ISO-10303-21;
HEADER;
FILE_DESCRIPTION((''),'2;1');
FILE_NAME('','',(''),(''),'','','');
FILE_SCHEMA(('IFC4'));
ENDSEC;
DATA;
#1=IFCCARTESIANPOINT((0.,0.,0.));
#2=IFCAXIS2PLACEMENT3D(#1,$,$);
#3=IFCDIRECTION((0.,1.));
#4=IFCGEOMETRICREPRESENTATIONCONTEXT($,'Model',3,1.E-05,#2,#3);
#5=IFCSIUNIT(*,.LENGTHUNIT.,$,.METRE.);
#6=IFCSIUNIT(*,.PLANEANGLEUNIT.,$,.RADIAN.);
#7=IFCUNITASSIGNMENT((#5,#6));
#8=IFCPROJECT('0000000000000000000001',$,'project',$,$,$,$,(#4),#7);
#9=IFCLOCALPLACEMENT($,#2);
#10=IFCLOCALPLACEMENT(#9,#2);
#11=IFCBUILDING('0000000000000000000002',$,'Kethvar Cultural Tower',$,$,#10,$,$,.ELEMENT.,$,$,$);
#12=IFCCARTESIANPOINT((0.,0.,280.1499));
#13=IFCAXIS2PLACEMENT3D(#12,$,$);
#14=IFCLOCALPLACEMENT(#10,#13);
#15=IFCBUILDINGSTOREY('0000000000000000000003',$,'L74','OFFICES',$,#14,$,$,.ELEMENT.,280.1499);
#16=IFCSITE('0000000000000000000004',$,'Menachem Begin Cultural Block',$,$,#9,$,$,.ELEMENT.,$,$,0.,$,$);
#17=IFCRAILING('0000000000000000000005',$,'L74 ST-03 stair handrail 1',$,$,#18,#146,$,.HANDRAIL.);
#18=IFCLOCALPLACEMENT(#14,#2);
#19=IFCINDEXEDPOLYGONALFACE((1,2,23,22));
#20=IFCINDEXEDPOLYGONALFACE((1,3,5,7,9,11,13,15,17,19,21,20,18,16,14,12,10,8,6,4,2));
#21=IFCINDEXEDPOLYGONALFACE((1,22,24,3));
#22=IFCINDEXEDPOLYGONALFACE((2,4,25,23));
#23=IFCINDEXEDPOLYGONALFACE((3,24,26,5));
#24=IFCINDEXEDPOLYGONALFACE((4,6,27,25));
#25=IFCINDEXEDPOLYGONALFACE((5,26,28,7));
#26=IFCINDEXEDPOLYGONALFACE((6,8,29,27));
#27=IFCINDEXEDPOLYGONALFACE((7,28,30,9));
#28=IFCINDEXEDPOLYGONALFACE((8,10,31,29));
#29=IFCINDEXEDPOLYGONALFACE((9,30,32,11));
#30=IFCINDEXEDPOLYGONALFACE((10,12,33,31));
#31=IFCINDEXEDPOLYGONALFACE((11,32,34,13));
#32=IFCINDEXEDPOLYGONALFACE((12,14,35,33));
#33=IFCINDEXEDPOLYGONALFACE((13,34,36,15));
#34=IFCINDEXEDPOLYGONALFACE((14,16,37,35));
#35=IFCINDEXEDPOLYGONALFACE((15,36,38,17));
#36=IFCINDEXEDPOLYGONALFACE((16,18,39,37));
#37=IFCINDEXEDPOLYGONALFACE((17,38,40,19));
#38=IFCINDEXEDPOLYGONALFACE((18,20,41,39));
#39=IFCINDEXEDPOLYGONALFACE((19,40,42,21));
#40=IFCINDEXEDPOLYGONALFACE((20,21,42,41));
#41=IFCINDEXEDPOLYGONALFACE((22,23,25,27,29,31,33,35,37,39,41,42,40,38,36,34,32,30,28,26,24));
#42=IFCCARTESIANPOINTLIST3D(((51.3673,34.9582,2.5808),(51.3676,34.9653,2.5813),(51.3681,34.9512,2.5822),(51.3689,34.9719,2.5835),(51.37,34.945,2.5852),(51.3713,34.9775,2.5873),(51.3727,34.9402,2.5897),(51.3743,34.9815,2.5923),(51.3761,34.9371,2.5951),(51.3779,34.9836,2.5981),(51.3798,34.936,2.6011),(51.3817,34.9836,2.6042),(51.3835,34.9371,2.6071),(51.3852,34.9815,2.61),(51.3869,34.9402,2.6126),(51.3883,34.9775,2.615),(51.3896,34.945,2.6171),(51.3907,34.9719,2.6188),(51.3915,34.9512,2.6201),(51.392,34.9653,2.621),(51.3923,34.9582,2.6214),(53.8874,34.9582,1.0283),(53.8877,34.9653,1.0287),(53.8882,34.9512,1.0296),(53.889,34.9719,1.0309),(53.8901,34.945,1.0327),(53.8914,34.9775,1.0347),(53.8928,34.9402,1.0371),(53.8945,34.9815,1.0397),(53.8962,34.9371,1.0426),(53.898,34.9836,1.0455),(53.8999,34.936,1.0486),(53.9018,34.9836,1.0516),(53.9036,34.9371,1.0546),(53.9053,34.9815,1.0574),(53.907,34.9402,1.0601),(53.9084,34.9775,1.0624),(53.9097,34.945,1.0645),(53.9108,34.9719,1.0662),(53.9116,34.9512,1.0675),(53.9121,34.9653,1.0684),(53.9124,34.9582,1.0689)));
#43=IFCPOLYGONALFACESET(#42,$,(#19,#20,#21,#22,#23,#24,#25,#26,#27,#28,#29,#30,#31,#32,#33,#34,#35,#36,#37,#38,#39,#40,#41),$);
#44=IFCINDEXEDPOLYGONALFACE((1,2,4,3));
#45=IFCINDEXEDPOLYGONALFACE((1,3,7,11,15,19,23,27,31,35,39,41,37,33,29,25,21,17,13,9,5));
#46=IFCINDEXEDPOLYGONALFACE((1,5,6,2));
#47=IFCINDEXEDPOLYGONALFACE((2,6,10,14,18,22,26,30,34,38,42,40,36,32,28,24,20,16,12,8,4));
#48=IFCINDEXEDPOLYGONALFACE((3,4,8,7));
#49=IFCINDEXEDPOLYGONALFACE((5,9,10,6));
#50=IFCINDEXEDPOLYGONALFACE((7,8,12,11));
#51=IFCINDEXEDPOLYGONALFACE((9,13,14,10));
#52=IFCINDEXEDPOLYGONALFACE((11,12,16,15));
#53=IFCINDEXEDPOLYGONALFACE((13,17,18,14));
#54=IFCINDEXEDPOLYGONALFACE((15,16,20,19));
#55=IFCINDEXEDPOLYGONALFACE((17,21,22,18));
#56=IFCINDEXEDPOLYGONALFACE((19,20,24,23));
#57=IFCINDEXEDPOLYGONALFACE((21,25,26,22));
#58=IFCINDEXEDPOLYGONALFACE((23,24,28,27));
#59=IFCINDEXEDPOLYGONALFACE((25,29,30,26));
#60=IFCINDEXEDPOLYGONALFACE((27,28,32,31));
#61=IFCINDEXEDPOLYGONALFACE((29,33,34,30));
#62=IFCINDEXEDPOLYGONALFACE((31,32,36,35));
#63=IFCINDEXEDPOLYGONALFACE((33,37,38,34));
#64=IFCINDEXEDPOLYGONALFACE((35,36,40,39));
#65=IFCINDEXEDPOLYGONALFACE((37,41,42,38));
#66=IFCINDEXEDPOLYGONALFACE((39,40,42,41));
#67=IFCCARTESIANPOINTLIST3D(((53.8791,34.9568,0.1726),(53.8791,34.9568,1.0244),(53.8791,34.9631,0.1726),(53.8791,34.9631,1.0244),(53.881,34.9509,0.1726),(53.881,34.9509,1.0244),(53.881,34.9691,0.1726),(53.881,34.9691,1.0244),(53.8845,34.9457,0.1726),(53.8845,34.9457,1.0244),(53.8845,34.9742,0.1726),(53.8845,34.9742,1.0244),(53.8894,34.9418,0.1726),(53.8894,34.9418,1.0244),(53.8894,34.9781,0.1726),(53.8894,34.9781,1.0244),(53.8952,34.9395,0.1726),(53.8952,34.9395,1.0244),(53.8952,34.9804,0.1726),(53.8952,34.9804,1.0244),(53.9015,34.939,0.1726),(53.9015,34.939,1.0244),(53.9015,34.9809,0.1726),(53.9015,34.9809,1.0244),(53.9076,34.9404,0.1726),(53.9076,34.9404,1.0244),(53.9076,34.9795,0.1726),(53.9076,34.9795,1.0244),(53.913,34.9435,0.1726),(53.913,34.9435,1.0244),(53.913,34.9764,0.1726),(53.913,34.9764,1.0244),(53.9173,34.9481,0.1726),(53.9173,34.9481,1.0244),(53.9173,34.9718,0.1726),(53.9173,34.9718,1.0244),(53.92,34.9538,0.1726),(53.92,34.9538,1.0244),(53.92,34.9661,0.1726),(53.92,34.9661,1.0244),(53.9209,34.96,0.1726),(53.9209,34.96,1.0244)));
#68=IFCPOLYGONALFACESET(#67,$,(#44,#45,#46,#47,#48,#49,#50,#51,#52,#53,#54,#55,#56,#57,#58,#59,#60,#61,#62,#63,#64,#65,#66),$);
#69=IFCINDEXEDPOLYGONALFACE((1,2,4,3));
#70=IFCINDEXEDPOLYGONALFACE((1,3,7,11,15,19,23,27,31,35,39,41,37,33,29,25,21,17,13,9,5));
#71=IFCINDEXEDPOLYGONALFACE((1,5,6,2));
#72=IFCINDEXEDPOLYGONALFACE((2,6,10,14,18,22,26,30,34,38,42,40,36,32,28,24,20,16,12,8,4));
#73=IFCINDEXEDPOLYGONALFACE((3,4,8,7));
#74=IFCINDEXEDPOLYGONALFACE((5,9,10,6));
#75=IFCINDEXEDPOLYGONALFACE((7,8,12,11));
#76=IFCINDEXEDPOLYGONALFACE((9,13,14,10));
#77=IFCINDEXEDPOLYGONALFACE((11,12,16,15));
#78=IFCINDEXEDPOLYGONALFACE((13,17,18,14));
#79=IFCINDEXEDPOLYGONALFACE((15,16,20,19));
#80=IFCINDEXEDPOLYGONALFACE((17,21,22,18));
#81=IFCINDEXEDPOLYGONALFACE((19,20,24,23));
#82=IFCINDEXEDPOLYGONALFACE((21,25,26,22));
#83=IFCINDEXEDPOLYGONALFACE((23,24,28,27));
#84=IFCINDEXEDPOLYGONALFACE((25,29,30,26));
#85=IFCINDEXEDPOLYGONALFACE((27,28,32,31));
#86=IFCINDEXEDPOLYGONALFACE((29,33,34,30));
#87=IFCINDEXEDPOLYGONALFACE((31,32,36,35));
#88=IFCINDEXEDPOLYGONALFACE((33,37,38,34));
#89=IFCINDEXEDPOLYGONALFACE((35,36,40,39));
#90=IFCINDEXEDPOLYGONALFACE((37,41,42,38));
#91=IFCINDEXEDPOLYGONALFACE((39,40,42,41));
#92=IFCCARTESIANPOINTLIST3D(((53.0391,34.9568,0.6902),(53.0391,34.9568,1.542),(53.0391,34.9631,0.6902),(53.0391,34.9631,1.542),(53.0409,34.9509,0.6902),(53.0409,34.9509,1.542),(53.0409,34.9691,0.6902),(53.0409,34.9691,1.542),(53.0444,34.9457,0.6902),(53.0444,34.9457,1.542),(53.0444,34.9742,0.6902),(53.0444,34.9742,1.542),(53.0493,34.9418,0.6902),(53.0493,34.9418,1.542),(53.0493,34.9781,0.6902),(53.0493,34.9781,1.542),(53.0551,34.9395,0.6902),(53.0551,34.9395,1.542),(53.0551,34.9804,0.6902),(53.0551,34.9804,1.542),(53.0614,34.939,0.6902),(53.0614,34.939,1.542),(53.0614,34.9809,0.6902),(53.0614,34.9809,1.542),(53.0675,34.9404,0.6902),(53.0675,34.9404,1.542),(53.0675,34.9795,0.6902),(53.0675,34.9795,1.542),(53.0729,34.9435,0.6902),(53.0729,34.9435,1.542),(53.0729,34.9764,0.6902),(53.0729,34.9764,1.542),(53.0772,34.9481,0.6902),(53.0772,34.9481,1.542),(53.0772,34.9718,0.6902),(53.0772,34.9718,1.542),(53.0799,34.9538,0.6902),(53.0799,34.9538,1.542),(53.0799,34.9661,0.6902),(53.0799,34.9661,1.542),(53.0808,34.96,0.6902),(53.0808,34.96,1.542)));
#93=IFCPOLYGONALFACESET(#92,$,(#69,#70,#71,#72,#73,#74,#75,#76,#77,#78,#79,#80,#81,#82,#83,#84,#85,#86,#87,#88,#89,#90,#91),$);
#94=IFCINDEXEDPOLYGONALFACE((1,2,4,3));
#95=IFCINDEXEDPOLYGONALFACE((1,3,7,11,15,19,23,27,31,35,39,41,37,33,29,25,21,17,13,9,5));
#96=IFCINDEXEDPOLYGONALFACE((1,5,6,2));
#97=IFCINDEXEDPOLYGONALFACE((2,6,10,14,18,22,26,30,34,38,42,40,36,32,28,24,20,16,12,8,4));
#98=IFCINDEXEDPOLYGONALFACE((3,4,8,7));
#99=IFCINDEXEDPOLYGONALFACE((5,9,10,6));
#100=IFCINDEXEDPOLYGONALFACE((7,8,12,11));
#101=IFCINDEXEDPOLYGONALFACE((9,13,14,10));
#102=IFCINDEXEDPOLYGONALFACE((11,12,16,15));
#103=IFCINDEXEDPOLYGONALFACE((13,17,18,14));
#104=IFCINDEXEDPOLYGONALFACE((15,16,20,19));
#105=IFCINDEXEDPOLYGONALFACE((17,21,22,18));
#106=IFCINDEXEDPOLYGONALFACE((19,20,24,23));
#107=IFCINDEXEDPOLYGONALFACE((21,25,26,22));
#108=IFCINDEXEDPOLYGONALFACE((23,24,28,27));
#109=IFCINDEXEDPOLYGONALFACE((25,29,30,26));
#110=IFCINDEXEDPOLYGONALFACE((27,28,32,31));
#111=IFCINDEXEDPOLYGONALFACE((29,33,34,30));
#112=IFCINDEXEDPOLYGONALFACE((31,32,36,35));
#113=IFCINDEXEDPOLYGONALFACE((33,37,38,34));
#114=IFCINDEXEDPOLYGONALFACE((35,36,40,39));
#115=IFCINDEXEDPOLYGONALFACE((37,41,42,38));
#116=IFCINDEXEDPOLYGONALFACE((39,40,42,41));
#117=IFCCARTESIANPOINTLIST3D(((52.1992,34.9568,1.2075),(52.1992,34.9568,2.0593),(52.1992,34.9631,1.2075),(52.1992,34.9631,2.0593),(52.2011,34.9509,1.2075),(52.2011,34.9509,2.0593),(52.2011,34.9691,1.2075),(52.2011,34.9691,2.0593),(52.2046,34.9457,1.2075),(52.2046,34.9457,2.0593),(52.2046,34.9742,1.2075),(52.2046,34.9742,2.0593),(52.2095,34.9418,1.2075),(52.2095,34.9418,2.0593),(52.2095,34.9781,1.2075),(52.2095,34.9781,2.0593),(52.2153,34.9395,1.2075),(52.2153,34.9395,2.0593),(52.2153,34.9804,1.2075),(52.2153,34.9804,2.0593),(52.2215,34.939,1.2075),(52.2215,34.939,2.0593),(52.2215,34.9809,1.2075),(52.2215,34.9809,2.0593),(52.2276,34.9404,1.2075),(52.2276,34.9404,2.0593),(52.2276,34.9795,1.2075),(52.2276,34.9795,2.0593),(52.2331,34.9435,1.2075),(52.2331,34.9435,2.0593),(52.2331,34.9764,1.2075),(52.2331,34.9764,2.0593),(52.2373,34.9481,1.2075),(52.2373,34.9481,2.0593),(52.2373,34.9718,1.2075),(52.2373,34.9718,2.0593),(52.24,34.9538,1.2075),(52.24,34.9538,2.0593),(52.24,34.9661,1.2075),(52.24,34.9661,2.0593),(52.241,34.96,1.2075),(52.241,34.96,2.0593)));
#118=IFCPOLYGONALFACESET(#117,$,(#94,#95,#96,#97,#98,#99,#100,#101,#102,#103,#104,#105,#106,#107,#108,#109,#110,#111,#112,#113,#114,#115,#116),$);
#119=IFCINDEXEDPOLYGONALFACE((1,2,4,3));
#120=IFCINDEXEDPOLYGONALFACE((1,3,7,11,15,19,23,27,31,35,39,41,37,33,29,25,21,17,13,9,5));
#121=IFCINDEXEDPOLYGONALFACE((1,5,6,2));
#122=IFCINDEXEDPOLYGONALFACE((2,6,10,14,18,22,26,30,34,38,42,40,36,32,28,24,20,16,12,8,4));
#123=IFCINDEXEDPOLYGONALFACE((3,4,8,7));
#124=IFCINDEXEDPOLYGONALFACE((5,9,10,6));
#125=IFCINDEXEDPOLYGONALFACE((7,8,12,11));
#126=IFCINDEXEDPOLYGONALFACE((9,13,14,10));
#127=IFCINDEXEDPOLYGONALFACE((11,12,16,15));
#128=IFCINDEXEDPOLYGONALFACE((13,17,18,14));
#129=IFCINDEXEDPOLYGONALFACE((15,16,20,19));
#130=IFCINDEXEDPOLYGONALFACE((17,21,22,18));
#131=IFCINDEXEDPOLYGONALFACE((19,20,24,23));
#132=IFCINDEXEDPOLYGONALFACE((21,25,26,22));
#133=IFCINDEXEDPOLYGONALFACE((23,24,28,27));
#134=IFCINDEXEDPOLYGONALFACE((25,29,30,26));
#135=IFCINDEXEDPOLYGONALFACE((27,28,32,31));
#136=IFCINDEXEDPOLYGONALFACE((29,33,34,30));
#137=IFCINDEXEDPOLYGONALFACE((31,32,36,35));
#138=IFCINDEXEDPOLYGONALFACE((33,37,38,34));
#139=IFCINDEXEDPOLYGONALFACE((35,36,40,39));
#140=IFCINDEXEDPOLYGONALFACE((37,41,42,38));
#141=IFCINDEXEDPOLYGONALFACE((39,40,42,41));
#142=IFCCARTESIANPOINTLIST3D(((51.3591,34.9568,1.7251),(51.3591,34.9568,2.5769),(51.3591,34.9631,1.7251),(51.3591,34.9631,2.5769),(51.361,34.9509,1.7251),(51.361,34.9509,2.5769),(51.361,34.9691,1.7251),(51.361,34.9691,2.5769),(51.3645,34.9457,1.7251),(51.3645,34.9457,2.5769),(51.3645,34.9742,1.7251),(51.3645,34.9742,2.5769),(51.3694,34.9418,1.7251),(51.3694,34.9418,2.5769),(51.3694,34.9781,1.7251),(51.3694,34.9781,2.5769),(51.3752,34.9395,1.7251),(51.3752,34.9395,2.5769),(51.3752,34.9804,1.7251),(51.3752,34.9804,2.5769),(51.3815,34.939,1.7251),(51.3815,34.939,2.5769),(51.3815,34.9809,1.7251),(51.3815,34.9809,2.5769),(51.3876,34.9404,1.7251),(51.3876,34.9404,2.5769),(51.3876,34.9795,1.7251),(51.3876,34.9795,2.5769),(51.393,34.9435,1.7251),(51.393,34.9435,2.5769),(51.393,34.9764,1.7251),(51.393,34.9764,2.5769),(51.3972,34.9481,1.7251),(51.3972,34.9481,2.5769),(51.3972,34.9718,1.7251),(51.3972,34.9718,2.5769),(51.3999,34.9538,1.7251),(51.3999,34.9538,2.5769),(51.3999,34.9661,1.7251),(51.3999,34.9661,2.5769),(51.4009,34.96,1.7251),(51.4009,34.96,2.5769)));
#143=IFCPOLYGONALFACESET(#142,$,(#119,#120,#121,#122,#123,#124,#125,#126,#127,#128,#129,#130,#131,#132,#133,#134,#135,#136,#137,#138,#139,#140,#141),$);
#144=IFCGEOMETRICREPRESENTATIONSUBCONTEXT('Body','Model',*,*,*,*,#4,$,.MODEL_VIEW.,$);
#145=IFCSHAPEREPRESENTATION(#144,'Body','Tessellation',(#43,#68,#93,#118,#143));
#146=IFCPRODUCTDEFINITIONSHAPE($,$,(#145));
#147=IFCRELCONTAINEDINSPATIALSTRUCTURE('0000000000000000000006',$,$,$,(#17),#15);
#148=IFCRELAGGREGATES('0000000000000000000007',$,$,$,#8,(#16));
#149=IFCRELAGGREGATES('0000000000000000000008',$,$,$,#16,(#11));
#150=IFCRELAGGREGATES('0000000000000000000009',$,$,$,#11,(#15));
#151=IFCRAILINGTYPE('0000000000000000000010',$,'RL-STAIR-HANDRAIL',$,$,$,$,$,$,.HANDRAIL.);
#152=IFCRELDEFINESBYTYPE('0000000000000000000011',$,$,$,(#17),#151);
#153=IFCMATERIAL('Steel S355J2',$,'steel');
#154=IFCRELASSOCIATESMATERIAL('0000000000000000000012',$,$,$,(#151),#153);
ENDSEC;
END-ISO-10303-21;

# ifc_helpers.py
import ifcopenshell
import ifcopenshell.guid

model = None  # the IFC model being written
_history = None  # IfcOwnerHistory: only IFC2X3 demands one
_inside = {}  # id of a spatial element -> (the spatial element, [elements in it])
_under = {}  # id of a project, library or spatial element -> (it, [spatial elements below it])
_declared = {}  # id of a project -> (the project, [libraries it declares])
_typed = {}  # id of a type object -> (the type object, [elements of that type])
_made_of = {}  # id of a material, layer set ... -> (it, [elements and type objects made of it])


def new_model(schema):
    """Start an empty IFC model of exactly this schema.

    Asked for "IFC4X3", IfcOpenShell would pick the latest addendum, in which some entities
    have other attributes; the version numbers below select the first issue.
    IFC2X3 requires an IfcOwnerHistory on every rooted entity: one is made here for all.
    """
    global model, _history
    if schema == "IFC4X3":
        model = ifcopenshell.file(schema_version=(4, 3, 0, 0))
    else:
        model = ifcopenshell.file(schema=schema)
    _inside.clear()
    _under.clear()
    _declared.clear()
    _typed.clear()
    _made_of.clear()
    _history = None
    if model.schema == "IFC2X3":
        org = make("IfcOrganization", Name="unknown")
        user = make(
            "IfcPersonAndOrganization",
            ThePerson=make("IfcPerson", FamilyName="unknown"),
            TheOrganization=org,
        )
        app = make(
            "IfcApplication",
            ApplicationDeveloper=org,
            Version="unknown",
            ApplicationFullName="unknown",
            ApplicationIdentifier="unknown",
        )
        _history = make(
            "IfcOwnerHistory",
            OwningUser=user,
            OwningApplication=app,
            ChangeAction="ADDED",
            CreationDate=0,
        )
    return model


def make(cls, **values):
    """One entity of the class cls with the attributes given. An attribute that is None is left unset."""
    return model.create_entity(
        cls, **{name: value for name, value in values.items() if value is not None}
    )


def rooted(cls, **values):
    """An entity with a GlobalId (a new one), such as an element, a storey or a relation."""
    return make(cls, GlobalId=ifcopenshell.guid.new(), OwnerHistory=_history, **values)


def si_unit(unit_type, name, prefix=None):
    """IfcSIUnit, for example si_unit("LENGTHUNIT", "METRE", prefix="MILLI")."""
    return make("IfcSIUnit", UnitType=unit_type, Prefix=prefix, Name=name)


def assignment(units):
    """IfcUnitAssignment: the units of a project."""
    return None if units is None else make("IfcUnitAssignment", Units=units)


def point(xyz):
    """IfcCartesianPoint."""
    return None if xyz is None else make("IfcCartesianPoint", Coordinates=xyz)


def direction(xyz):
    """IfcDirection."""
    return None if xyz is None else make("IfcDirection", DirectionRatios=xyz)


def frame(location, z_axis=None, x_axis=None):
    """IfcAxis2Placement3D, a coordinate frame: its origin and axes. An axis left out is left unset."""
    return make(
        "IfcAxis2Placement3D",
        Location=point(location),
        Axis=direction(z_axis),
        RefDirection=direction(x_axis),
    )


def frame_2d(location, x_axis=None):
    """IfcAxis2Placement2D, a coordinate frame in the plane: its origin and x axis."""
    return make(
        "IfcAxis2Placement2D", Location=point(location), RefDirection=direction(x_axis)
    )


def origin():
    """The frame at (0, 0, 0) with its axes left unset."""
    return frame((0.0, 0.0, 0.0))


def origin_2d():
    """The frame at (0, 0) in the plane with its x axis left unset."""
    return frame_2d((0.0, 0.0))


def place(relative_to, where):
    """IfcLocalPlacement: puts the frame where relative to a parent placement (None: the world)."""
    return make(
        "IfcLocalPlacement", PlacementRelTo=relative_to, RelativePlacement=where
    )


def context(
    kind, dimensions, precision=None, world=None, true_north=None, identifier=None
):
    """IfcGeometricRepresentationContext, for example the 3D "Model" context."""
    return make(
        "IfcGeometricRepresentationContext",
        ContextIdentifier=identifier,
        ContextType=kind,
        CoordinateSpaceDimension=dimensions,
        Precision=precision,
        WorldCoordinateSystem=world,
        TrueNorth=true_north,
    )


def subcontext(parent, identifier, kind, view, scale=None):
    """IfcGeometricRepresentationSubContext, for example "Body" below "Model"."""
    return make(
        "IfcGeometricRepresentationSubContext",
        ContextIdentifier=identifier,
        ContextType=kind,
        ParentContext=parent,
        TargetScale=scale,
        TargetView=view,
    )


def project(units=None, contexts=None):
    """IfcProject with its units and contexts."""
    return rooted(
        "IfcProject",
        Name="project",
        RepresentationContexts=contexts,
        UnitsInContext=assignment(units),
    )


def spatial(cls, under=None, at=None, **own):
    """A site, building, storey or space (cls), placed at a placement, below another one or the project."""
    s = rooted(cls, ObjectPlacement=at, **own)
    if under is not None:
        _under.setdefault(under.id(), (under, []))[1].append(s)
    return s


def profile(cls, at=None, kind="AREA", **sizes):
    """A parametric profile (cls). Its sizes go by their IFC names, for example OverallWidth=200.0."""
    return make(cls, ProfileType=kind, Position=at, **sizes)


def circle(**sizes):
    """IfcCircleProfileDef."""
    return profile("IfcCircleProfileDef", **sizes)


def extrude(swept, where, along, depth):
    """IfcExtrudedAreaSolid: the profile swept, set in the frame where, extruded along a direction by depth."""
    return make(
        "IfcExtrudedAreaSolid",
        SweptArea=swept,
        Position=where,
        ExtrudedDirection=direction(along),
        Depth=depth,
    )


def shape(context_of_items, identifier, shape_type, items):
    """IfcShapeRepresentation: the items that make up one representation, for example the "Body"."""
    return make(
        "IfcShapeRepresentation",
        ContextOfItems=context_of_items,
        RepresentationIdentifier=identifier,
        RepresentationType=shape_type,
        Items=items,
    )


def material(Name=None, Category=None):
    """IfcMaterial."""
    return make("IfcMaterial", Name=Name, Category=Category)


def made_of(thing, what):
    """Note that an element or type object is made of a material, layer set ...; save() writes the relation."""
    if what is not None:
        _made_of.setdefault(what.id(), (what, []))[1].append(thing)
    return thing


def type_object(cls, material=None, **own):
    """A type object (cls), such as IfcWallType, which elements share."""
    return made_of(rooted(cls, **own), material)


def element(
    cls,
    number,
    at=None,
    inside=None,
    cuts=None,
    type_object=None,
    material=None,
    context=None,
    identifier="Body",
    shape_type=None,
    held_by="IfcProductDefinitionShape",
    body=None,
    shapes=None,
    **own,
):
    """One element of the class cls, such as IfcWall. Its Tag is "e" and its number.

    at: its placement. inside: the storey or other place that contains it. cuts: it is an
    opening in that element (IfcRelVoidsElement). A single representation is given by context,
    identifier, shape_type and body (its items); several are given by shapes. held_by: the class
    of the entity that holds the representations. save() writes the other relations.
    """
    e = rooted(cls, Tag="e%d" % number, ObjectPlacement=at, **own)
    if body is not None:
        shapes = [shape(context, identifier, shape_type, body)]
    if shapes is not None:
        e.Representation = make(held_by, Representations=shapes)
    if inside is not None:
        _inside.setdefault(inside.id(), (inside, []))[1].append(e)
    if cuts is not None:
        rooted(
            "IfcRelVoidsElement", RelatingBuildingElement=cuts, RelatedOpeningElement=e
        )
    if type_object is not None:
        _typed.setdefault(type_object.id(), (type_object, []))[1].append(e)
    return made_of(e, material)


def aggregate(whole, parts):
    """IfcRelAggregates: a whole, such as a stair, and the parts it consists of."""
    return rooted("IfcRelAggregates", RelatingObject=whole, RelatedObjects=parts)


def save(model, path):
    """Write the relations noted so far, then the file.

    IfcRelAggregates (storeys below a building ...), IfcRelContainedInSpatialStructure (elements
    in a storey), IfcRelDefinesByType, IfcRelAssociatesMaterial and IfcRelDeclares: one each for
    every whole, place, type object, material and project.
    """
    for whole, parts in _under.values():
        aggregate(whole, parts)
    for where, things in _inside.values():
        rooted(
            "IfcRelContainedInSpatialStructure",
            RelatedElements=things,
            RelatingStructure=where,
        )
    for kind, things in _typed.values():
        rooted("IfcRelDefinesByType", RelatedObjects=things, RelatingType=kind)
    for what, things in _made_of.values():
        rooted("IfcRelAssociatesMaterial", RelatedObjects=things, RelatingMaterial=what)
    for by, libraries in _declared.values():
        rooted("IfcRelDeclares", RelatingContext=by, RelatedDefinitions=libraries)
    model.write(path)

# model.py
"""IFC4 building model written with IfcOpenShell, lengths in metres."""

from ifc_helpers import new_model, si_unit, direction, frame, origin, origin_2d, place, context, subcontext, project, spatial, circle, extrude, material, type_object, element, save


model = new_model("IFC4")

# Units and contexts
model_context = context("Model", 3, precision=1e-05, world=origin(), true_north=direction((0.0, 1.0)))
body_context = subcontext(model_context, "Body", "Model", "MODEL_VIEW")
ifc_project = project(units=[si_unit("LENGTHUNIT", "METRE"), si_unit("PLANEANGLEUNIT", "RADIAN")], contexts=[model_context])

# Site, building, storey
site_placement = place(None, origin())
site = spatial("IfcSite", under=ifc_project, at=site_placement, Name="Menachem Begin Cultural Block", CompositionType="ELEMENT", RefElevation=0.0)
building_placement = place(site_placement, origin())
building = spatial("IfcBuilding", under=site, at=building_placement, Name="Kethvar Cultural Tower", CompositionType="ELEMENT")
storey_placement = place(building_placement, frame((0.0, 0.0, 280.1499)))
storey = spatial("IfcBuildingStorey", under=building, at=storey_placement, Name="L74", Description="OFFICES", CompositionType="ELEMENT", Elevation=280.1499)

# Shared definitions
ifc_material_1 = material(Name="Steel S355J2", Category="steel")

# Railing
railing_type_1 = type_object("IfcRailingType", Name="RL-STAIR-HANDRAIL", PredefinedType="HANDRAIL", material=ifc_material_1)
railing_1_placement = place(storey_placement, frame((53.8999, 34.96, 0.1726)))
element("IfcRailing", 1, at=railing_1_placement, inside=storey, type_object=railing_type_1, Name="L74 ST-03 stair handrail 1", PredefinedType="HANDRAIL", context=body_context, shape_type="SweptSolid", body=[
    extrude(circle(Radius=0.0239, at=origin_2d()), frame((0.0, 0.0, 0.876), z_axis=(-0.8514, 0.0, 0.524516), x_axis=(0.0, -1.0, 0.0)), (0.0, 0.0, 1.0), 2.96),
    extrude(circle(Radius=0.021, at=origin_2d()), origin(), (0.0, 0.0, 1.0), 0.8518),
    extrude(circle(Radius=0.021, at=origin_2d()), frame((-0.8401, 0.0, 0.5176)), (0.0, 0.0, 1.0), 0.8518),
    extrude(circle(Radius=0.021, at=origin_2d()), frame((-1.6799, 0.0, 1.0349)), (0.0, 0.0, 1.0), 0.8518),
    extrude(circle(Radius=0.021, at=origin_2d()), frame((-2.52, 0.0, 1.5525)), (0.0, 0.0, 1.0), 0.8518),
])

save(model, "model.ifc")
